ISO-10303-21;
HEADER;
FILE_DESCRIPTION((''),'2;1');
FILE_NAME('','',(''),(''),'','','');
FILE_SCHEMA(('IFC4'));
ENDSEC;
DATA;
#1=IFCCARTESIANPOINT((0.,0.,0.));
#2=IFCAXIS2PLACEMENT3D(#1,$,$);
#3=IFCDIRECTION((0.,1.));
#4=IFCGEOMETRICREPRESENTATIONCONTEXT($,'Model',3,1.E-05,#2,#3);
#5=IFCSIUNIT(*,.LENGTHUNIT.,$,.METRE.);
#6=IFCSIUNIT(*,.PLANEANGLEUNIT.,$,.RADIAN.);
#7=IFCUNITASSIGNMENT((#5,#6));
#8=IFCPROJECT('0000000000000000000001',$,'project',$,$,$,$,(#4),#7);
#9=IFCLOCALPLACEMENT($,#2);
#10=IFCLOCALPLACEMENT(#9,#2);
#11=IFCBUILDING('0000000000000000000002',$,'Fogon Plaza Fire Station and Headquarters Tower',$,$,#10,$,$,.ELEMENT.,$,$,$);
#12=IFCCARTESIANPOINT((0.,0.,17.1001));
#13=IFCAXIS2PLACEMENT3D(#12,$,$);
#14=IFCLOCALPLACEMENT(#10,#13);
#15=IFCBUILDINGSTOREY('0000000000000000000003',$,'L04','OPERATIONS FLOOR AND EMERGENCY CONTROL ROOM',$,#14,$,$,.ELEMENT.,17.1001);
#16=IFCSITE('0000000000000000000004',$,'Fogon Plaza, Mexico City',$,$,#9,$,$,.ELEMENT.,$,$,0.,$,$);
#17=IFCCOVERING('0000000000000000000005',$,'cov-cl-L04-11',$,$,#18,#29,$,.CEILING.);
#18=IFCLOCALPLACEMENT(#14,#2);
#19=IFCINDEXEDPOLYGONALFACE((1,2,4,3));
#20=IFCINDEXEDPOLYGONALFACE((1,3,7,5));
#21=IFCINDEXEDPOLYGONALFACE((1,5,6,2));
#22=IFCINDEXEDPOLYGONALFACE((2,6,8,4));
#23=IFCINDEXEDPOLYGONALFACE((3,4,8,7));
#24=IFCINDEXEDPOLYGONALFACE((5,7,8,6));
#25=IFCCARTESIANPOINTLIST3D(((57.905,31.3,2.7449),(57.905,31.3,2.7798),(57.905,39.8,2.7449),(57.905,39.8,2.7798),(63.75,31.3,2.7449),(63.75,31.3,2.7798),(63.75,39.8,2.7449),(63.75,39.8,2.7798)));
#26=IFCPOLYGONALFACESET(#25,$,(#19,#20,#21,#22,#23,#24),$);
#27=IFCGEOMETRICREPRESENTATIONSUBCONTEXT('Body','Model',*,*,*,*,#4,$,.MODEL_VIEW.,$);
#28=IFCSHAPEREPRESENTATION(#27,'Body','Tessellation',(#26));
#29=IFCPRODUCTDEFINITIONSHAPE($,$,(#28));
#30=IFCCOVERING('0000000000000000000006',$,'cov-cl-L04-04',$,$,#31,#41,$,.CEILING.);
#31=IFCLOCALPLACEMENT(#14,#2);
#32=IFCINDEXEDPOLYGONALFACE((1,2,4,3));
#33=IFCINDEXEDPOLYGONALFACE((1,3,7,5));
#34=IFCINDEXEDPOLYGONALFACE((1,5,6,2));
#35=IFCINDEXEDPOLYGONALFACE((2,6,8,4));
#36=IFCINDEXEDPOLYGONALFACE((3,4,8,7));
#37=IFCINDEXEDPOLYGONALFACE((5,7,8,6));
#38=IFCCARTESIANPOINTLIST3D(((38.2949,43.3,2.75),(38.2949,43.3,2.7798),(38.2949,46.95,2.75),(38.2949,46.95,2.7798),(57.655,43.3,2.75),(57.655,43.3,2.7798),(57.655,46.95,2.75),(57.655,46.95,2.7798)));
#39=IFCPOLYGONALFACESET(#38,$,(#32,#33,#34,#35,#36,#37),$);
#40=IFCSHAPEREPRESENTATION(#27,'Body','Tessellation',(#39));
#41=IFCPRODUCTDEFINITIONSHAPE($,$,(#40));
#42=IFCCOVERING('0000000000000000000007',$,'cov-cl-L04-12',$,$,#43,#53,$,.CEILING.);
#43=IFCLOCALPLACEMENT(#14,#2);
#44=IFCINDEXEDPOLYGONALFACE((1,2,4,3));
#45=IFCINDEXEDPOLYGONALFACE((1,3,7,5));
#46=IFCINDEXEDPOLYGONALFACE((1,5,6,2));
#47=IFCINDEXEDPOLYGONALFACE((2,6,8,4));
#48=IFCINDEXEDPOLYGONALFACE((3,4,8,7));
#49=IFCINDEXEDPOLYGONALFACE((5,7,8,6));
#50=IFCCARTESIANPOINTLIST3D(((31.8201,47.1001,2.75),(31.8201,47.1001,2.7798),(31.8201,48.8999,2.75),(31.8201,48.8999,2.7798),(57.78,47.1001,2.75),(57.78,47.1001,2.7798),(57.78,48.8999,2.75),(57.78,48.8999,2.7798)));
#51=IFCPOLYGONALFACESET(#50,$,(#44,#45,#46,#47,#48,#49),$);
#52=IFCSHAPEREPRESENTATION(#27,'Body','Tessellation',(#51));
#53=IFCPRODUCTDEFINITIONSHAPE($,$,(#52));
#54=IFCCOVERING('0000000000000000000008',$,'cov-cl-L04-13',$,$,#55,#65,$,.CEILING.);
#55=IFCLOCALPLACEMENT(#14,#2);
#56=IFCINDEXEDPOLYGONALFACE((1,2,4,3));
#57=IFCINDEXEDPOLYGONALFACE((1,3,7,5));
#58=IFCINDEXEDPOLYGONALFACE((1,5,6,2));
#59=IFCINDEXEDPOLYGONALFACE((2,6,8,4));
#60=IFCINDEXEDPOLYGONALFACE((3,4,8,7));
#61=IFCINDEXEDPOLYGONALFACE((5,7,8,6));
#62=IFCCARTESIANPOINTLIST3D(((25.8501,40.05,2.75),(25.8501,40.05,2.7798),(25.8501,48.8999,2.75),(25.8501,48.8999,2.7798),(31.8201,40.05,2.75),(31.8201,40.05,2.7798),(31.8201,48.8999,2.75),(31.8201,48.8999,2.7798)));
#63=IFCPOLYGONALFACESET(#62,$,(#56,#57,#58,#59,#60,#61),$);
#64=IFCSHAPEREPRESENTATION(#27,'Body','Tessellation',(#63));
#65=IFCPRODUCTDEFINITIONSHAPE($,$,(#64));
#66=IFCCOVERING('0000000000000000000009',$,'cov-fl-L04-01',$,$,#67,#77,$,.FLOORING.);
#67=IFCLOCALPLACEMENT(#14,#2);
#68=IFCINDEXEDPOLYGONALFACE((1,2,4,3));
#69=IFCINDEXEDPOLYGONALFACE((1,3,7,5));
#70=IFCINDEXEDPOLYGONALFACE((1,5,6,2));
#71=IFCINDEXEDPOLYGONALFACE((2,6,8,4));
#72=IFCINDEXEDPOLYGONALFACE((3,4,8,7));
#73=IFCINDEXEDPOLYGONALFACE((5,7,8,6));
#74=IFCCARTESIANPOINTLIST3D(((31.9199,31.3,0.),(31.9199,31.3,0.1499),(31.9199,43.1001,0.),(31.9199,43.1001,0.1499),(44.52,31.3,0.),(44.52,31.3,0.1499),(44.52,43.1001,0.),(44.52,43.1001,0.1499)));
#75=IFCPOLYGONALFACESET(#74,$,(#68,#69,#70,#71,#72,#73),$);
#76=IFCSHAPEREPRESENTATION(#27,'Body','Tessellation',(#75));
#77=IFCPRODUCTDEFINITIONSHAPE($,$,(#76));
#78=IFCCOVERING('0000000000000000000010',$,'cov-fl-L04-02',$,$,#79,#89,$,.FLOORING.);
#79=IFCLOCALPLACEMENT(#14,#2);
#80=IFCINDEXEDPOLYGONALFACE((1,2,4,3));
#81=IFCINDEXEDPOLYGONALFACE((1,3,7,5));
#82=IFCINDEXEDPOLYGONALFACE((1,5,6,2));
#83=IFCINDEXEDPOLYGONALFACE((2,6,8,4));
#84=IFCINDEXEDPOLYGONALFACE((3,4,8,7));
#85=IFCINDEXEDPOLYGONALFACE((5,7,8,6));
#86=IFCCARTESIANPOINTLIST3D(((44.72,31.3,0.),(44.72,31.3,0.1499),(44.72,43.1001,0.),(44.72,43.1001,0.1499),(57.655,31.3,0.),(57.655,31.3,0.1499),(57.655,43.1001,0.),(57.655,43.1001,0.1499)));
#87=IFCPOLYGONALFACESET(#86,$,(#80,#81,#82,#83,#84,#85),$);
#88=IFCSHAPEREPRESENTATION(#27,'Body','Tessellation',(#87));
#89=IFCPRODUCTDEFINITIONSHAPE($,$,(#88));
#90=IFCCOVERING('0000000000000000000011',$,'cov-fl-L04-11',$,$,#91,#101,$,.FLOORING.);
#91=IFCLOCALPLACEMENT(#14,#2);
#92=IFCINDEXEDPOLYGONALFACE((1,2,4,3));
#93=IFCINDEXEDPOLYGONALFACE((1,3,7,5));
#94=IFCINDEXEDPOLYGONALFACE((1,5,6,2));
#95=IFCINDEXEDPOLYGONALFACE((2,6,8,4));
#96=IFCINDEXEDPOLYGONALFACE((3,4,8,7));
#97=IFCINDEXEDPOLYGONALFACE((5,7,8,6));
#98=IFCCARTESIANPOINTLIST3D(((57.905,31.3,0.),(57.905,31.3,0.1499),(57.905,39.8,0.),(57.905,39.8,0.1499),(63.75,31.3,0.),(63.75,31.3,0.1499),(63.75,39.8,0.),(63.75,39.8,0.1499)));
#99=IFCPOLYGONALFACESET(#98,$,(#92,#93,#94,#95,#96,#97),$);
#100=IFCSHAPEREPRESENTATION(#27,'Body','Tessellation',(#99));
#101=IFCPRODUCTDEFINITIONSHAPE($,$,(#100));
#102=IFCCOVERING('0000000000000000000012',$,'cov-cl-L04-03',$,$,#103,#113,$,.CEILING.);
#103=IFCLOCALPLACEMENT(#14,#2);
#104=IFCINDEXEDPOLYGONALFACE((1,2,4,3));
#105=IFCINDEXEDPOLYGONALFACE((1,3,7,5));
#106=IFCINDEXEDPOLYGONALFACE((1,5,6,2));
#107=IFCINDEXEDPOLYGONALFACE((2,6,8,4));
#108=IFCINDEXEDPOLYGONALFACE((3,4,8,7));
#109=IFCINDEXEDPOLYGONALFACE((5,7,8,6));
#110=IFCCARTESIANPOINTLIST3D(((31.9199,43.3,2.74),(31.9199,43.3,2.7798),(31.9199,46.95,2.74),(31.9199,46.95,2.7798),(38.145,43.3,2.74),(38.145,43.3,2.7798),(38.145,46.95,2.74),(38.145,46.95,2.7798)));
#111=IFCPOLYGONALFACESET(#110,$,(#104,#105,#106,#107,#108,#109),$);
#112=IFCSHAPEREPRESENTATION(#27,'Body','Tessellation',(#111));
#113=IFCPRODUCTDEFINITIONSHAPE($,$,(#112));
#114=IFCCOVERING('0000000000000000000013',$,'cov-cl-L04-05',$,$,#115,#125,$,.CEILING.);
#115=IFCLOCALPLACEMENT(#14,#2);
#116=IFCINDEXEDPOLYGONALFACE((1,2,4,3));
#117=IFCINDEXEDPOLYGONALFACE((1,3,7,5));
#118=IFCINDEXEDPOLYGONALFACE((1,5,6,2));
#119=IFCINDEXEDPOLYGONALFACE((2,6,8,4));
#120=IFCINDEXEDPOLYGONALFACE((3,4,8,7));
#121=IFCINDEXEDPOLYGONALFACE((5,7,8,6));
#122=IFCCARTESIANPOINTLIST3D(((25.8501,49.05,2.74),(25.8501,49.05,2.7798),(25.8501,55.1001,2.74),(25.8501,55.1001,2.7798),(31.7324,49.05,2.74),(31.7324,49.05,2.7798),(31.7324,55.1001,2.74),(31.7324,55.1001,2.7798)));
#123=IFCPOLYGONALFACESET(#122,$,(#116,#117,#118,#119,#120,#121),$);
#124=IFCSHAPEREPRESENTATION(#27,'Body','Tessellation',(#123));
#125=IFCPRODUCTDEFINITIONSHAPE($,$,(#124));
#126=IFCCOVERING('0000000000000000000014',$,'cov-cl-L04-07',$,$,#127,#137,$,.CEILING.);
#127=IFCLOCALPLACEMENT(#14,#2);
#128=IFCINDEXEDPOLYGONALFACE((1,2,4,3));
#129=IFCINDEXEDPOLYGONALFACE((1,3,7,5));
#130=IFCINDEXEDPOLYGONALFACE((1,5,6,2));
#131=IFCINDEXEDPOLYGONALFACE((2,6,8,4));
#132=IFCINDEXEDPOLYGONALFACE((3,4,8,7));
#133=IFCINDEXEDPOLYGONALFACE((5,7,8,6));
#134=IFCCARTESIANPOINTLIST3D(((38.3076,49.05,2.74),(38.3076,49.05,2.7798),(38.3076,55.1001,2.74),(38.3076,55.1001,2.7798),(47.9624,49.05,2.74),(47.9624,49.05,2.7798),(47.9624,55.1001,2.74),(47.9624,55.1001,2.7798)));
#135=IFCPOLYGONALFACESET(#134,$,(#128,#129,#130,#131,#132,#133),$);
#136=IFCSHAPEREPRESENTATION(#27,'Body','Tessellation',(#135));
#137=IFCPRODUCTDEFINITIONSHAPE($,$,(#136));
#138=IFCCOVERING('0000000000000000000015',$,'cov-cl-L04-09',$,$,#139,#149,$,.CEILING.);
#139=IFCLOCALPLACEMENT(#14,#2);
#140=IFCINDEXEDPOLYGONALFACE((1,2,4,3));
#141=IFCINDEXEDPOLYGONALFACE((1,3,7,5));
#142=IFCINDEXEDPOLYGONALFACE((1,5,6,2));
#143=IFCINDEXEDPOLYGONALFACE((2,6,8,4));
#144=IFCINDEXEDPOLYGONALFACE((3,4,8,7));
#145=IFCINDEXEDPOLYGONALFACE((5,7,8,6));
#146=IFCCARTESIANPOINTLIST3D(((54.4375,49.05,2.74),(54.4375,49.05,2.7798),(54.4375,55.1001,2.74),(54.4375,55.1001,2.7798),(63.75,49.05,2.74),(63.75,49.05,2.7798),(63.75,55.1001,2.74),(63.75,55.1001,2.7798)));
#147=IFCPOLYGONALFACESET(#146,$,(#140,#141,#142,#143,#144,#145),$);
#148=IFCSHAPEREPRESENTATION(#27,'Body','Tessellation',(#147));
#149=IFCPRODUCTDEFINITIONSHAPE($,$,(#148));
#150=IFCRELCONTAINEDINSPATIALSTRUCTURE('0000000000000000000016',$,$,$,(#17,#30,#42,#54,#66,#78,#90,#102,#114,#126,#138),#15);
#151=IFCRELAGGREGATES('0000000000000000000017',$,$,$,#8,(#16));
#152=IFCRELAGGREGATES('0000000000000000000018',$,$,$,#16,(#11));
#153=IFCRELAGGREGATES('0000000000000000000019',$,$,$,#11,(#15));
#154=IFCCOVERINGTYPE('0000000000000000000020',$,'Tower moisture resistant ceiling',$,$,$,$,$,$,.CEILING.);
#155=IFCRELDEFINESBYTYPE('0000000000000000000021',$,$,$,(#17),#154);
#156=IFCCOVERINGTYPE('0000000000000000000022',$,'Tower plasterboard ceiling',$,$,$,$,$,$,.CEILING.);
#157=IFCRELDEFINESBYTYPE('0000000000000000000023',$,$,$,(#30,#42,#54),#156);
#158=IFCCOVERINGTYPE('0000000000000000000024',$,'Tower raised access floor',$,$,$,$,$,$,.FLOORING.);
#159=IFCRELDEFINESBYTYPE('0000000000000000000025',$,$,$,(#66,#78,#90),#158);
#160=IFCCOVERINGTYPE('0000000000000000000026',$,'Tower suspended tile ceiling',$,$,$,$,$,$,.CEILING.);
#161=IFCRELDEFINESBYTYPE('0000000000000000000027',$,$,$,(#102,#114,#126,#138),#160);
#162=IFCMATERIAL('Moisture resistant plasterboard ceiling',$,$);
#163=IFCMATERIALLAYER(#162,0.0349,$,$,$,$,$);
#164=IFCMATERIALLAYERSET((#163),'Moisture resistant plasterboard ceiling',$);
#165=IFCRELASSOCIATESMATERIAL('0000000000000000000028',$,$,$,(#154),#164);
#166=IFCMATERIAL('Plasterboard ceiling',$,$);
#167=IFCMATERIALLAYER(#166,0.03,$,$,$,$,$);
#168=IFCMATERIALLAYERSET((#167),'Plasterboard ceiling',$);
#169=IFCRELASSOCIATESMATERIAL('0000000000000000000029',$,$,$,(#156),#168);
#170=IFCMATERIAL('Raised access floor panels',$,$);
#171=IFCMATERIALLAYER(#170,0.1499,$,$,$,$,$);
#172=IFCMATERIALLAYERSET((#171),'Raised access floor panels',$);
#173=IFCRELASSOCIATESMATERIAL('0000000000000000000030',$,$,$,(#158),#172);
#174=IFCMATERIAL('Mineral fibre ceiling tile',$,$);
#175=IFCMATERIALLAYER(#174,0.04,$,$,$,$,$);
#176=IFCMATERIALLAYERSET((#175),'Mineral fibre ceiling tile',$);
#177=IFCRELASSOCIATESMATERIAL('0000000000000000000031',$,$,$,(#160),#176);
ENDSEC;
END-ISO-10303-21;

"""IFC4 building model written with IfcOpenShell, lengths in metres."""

from ifc_helpers import new_model, si_unit, direction, frame, origin, place, context, subcontext, project, spatial, polyline, outline, extrude, material, layer, layer_set, type_object, element, save


model = new_model("IFC4")

# Units and contexts
model_context = context("Model", 3, precision=1e-05, world=origin(), true_north=direction((0.0, 1.0)))
body_context = subcontext(model_context, "Body", "Model", "MODEL_VIEW")
ifc_project = project(units=[si_unit("LENGTHUNIT", "METRE"), si_unit("PLANEANGLEUNIT", "RADIAN")], contexts=[model_context])

# Site, building, storey
site_placement = place(None, origin())
site = spatial("IfcSite", under=ifc_project, at=site_placement, Name="Fogon Plaza, Mexico City", CompositionType="ELEMENT", RefElevation=0.0)
building_placement = place(site_placement, origin())
building = spatial("IfcBuilding", under=site, at=building_placement, Name="Fogon Plaza Fire Station and Headquarters Tower", CompositionType="ELEMENT")
storey_placement = place(building_placement, frame((0.0, 0.0, 17.1001)))
storey = spatial("IfcBuildingStorey", under=building, at=storey_placement, Name="L04", Description="OPERATIONS FLOOR AND EMERGENCY CONTROL ROOM", CompositionType="ELEMENT", Elevation=17.1001)

# Coverings
ifc_material_1 = material(Name="Moisture resistant plasterboard ceiling")
ifc_layer_1 = layer(ifc_material_1, 0.0349)
ifc_layer_set_1 = layer_set([ifc_layer_1], Name="Moisture resistant plasterboard ceiling")
covering_type_1 = type_object("IfcCoveringType", Name="Tower moisture resistant ceiling", PredefinedType="CEILING", material=ifc_layer_set_1)
covering_1_placement = place(storey_placement, frame((0.0, 0.0, 2.7449)))
element("IfcCovering", 1, at=covering_1_placement, inside=storey, type_object=covering_type_1, Name="cov-cl-L04-11", PredefinedType="CEILING", context=body_context, shape_type="SweptSolid", body=[
    extrude(outline(polyline([(63.75, 31.3), (63.75, 39.8), (57.905, 39.8), (57.905, 31.3), (63.75, 31.3)])), origin(), (0.0, 0.0, 1.0), 0.0349),
])
ifc_material_2 = material(Name="Plasterboard ceiling")
ifc_layer_2 = layer(ifc_material_2, 0.03)
ifc_layer_set_2 = layer_set([ifc_layer_2], Name="Plasterboard ceiling")
covering_type_2 = type_object("IfcCoveringType", Name="Tower plasterboard ceiling", PredefinedType="CEILING", material=ifc_layer_set_2)
covering_2_placement = place(storey_placement, frame((0.0, 0.0, 2.75)))
element("IfcCovering", 2, at=covering_2_placement, inside=storey, type_object=covering_type_2, Name="cov-cl-L04-04", PredefinedType="CEILING", context=body_context, shape_type="SweptSolid", body=[
    extrude(outline(polyline([(57.655, 43.3), (57.655, 46.95), (38.2949, 46.95), (38.2949, 43.3), (57.655, 43.3)])), origin(), (0.0, 0.0, 1.0), 0.0298),
])
covering_3_placement = place(storey_placement, frame((0.0, 0.0, 2.75)))
element("IfcCovering", 3, at=covering_3_placement, inside=storey, type_object=covering_type_2, Name="cov-cl-L04-12", PredefinedType="CEILING", context=body_context, shape_type="SweptSolid", body=[
    extrude(outline(polyline([(57.78, 47.1001), (57.78, 48.8999), (31.8201, 48.8999), (31.8201, 47.1001), (57.78, 47.1001)])), origin(), (0.0, 0.0, 1.0), 0.0298),
])
covering_4_placement = place(storey_placement, frame((0.0, 0.0, 2.75)))
element("IfcCovering", 4, at=covering_4_placement, inside=storey, type_object=covering_type_2, Name="cov-cl-L04-13", PredefinedType="CEILING", context=body_context, shape_type="SweptSolid", body=[
    extrude(outline(polyline([(31.8201, 40.05), (31.8201, 48.8999), (25.8501, 48.8999), (25.8501, 40.05), (31.8201, 40.05)])), origin(), (0.0, 0.0, 1.0), 0.0298),
])
ifc_material_3 = material(Name="Raised access floor panels")
ifc_layer_3 = layer(ifc_material_3, 0.1499)
ifc_layer_set_3 = layer_set([ifc_layer_3], Name="Raised access floor panels")
covering_type_3 = type_object("IfcCoveringType", Name="Tower raised access floor", PredefinedType="FLOORING", material=ifc_layer_set_3)
covering_5_placement = place(storey_placement, origin())
element("IfcCovering", 5, at=covering_5_placement, inside=storey, type_object=covering_type_3, Name="cov-fl-L04-01", PredefinedType="FLOORING", context=body_context, shape_type="SweptSolid", body=[
    extrude(outline(polyline([(44.52, 31.3), (44.52, 43.1001), (31.9199, 43.1001), (31.9199, 31.3), (44.52, 31.3)])), origin(), (0.0, 0.0, 1.0), 0.1499),
])
covering_6_placement = place(storey_placement, origin())
element("IfcCovering", 6, at=covering_6_placement, inside=storey, type_object=covering_type_3, Name="cov-fl-L04-02", PredefinedType="FLOORING", context=body_context, shape_type="SweptSolid", body=[
    extrude(outline(polyline([(57.655, 31.3), (57.655, 43.1001), (44.72, 43.1001), (44.72, 31.3), (57.655, 31.3)])), origin(), (0.0, 0.0, 1.0), 0.1499),
])
covering_7_placement = place(storey_placement, origin())
element("IfcCovering", 7, at=covering_7_placement, inside=storey, type_object=covering_type_3, Name="cov-fl-L04-11", PredefinedType="FLOORING", context=body_context, shape_type="SweptSolid", body=[
    extrude(outline(polyline([(63.75, 31.3), (63.75, 39.8), (57.905, 39.8), (57.905, 31.3), (63.75, 31.3)])), origin(), (0.0, 0.0, 1.0), 0.1499),
])
ifc_material_4 = material(Name="Mineral fibre ceiling tile")
ifc_layer_4 = layer(ifc_material_4, 0.04)
ifc_layer_set_4 = layer_set([ifc_layer_4], Name="Mineral fibre ceiling tile")
covering_type_4 = type_object("IfcCoveringType", Name="Tower suspended tile ceiling", PredefinedType="CEILING", material=ifc_layer_set_4)
covering_8_placement = place(storey_placement, frame((0.0, 0.0, 2.74)))
element("IfcCovering", 8, at=covering_8_placement, inside=storey, type_object=covering_type_4, Name="cov-cl-L04-03", PredefinedType="CEILING", context=body_context, shape_type="SweptSolid", body=[
    extrude(outline(polyline([(38.145, 43.3), (38.145, 46.95), (31.9199, 46.95), (31.9199, 43.3), (38.145, 43.3)])), origin(), (0.0, 0.0, 1.0), 0.0398),
])
covering_9_placement = place(storey_placement, frame((0.0, 0.0, 2.74)))
element("IfcCovering", 9, at=covering_9_placement, inside=storey, type_object=covering_type_4, Name="cov-cl-L04-05", PredefinedType="CEILING", context=body_context, shape_type="SweptSolid", body=[
    extrude(outline(polyline([(31.7324, 49.05), (31.7324, 55.1001), (25.8501, 55.1001), (25.8501, 49.05), (31.7324, 49.05)])), origin(), (0.0, 0.0, 1.0), 0.0398),
])
covering_10_placement = place(storey_placement, frame((0.0, 0.0, 2.74)))
element("IfcCovering", 10, at=covering_10_placement, inside=storey, type_object=covering_type_4, Name="cov-cl-L04-07", PredefinedType="CEILING", context=body_context, shape_type="SweptSolid", body=[
    extrude(outline(polyline([(47.9624, 49.05), (47.9624, 55.1001), (38.3076, 55.1001), (38.3076, 49.05), (47.9624, 49.05)])), origin(), (0.0, 0.0, 1.0), 0.0398),
])
covering_11_placement = place(storey_placement, frame((0.0, 0.0, 2.74)))
element("IfcCovering", 11, at=covering_11_placement, inside=storey, type_object=covering_type_4, Name="cov-cl-L04-09", PredefinedType="CEILING", context=body_context, shape_type="SweptSolid", body=[
    extrude(outline(polyline([(63.75, 49.05), (63.75, 55.1001), (54.4375, 55.1001), (54.4375, 49.05), (63.75, 49.05)])), origin(), (0.0, 0.0, 1.0), 0.0398),
])

save(model, "model.ifc")
